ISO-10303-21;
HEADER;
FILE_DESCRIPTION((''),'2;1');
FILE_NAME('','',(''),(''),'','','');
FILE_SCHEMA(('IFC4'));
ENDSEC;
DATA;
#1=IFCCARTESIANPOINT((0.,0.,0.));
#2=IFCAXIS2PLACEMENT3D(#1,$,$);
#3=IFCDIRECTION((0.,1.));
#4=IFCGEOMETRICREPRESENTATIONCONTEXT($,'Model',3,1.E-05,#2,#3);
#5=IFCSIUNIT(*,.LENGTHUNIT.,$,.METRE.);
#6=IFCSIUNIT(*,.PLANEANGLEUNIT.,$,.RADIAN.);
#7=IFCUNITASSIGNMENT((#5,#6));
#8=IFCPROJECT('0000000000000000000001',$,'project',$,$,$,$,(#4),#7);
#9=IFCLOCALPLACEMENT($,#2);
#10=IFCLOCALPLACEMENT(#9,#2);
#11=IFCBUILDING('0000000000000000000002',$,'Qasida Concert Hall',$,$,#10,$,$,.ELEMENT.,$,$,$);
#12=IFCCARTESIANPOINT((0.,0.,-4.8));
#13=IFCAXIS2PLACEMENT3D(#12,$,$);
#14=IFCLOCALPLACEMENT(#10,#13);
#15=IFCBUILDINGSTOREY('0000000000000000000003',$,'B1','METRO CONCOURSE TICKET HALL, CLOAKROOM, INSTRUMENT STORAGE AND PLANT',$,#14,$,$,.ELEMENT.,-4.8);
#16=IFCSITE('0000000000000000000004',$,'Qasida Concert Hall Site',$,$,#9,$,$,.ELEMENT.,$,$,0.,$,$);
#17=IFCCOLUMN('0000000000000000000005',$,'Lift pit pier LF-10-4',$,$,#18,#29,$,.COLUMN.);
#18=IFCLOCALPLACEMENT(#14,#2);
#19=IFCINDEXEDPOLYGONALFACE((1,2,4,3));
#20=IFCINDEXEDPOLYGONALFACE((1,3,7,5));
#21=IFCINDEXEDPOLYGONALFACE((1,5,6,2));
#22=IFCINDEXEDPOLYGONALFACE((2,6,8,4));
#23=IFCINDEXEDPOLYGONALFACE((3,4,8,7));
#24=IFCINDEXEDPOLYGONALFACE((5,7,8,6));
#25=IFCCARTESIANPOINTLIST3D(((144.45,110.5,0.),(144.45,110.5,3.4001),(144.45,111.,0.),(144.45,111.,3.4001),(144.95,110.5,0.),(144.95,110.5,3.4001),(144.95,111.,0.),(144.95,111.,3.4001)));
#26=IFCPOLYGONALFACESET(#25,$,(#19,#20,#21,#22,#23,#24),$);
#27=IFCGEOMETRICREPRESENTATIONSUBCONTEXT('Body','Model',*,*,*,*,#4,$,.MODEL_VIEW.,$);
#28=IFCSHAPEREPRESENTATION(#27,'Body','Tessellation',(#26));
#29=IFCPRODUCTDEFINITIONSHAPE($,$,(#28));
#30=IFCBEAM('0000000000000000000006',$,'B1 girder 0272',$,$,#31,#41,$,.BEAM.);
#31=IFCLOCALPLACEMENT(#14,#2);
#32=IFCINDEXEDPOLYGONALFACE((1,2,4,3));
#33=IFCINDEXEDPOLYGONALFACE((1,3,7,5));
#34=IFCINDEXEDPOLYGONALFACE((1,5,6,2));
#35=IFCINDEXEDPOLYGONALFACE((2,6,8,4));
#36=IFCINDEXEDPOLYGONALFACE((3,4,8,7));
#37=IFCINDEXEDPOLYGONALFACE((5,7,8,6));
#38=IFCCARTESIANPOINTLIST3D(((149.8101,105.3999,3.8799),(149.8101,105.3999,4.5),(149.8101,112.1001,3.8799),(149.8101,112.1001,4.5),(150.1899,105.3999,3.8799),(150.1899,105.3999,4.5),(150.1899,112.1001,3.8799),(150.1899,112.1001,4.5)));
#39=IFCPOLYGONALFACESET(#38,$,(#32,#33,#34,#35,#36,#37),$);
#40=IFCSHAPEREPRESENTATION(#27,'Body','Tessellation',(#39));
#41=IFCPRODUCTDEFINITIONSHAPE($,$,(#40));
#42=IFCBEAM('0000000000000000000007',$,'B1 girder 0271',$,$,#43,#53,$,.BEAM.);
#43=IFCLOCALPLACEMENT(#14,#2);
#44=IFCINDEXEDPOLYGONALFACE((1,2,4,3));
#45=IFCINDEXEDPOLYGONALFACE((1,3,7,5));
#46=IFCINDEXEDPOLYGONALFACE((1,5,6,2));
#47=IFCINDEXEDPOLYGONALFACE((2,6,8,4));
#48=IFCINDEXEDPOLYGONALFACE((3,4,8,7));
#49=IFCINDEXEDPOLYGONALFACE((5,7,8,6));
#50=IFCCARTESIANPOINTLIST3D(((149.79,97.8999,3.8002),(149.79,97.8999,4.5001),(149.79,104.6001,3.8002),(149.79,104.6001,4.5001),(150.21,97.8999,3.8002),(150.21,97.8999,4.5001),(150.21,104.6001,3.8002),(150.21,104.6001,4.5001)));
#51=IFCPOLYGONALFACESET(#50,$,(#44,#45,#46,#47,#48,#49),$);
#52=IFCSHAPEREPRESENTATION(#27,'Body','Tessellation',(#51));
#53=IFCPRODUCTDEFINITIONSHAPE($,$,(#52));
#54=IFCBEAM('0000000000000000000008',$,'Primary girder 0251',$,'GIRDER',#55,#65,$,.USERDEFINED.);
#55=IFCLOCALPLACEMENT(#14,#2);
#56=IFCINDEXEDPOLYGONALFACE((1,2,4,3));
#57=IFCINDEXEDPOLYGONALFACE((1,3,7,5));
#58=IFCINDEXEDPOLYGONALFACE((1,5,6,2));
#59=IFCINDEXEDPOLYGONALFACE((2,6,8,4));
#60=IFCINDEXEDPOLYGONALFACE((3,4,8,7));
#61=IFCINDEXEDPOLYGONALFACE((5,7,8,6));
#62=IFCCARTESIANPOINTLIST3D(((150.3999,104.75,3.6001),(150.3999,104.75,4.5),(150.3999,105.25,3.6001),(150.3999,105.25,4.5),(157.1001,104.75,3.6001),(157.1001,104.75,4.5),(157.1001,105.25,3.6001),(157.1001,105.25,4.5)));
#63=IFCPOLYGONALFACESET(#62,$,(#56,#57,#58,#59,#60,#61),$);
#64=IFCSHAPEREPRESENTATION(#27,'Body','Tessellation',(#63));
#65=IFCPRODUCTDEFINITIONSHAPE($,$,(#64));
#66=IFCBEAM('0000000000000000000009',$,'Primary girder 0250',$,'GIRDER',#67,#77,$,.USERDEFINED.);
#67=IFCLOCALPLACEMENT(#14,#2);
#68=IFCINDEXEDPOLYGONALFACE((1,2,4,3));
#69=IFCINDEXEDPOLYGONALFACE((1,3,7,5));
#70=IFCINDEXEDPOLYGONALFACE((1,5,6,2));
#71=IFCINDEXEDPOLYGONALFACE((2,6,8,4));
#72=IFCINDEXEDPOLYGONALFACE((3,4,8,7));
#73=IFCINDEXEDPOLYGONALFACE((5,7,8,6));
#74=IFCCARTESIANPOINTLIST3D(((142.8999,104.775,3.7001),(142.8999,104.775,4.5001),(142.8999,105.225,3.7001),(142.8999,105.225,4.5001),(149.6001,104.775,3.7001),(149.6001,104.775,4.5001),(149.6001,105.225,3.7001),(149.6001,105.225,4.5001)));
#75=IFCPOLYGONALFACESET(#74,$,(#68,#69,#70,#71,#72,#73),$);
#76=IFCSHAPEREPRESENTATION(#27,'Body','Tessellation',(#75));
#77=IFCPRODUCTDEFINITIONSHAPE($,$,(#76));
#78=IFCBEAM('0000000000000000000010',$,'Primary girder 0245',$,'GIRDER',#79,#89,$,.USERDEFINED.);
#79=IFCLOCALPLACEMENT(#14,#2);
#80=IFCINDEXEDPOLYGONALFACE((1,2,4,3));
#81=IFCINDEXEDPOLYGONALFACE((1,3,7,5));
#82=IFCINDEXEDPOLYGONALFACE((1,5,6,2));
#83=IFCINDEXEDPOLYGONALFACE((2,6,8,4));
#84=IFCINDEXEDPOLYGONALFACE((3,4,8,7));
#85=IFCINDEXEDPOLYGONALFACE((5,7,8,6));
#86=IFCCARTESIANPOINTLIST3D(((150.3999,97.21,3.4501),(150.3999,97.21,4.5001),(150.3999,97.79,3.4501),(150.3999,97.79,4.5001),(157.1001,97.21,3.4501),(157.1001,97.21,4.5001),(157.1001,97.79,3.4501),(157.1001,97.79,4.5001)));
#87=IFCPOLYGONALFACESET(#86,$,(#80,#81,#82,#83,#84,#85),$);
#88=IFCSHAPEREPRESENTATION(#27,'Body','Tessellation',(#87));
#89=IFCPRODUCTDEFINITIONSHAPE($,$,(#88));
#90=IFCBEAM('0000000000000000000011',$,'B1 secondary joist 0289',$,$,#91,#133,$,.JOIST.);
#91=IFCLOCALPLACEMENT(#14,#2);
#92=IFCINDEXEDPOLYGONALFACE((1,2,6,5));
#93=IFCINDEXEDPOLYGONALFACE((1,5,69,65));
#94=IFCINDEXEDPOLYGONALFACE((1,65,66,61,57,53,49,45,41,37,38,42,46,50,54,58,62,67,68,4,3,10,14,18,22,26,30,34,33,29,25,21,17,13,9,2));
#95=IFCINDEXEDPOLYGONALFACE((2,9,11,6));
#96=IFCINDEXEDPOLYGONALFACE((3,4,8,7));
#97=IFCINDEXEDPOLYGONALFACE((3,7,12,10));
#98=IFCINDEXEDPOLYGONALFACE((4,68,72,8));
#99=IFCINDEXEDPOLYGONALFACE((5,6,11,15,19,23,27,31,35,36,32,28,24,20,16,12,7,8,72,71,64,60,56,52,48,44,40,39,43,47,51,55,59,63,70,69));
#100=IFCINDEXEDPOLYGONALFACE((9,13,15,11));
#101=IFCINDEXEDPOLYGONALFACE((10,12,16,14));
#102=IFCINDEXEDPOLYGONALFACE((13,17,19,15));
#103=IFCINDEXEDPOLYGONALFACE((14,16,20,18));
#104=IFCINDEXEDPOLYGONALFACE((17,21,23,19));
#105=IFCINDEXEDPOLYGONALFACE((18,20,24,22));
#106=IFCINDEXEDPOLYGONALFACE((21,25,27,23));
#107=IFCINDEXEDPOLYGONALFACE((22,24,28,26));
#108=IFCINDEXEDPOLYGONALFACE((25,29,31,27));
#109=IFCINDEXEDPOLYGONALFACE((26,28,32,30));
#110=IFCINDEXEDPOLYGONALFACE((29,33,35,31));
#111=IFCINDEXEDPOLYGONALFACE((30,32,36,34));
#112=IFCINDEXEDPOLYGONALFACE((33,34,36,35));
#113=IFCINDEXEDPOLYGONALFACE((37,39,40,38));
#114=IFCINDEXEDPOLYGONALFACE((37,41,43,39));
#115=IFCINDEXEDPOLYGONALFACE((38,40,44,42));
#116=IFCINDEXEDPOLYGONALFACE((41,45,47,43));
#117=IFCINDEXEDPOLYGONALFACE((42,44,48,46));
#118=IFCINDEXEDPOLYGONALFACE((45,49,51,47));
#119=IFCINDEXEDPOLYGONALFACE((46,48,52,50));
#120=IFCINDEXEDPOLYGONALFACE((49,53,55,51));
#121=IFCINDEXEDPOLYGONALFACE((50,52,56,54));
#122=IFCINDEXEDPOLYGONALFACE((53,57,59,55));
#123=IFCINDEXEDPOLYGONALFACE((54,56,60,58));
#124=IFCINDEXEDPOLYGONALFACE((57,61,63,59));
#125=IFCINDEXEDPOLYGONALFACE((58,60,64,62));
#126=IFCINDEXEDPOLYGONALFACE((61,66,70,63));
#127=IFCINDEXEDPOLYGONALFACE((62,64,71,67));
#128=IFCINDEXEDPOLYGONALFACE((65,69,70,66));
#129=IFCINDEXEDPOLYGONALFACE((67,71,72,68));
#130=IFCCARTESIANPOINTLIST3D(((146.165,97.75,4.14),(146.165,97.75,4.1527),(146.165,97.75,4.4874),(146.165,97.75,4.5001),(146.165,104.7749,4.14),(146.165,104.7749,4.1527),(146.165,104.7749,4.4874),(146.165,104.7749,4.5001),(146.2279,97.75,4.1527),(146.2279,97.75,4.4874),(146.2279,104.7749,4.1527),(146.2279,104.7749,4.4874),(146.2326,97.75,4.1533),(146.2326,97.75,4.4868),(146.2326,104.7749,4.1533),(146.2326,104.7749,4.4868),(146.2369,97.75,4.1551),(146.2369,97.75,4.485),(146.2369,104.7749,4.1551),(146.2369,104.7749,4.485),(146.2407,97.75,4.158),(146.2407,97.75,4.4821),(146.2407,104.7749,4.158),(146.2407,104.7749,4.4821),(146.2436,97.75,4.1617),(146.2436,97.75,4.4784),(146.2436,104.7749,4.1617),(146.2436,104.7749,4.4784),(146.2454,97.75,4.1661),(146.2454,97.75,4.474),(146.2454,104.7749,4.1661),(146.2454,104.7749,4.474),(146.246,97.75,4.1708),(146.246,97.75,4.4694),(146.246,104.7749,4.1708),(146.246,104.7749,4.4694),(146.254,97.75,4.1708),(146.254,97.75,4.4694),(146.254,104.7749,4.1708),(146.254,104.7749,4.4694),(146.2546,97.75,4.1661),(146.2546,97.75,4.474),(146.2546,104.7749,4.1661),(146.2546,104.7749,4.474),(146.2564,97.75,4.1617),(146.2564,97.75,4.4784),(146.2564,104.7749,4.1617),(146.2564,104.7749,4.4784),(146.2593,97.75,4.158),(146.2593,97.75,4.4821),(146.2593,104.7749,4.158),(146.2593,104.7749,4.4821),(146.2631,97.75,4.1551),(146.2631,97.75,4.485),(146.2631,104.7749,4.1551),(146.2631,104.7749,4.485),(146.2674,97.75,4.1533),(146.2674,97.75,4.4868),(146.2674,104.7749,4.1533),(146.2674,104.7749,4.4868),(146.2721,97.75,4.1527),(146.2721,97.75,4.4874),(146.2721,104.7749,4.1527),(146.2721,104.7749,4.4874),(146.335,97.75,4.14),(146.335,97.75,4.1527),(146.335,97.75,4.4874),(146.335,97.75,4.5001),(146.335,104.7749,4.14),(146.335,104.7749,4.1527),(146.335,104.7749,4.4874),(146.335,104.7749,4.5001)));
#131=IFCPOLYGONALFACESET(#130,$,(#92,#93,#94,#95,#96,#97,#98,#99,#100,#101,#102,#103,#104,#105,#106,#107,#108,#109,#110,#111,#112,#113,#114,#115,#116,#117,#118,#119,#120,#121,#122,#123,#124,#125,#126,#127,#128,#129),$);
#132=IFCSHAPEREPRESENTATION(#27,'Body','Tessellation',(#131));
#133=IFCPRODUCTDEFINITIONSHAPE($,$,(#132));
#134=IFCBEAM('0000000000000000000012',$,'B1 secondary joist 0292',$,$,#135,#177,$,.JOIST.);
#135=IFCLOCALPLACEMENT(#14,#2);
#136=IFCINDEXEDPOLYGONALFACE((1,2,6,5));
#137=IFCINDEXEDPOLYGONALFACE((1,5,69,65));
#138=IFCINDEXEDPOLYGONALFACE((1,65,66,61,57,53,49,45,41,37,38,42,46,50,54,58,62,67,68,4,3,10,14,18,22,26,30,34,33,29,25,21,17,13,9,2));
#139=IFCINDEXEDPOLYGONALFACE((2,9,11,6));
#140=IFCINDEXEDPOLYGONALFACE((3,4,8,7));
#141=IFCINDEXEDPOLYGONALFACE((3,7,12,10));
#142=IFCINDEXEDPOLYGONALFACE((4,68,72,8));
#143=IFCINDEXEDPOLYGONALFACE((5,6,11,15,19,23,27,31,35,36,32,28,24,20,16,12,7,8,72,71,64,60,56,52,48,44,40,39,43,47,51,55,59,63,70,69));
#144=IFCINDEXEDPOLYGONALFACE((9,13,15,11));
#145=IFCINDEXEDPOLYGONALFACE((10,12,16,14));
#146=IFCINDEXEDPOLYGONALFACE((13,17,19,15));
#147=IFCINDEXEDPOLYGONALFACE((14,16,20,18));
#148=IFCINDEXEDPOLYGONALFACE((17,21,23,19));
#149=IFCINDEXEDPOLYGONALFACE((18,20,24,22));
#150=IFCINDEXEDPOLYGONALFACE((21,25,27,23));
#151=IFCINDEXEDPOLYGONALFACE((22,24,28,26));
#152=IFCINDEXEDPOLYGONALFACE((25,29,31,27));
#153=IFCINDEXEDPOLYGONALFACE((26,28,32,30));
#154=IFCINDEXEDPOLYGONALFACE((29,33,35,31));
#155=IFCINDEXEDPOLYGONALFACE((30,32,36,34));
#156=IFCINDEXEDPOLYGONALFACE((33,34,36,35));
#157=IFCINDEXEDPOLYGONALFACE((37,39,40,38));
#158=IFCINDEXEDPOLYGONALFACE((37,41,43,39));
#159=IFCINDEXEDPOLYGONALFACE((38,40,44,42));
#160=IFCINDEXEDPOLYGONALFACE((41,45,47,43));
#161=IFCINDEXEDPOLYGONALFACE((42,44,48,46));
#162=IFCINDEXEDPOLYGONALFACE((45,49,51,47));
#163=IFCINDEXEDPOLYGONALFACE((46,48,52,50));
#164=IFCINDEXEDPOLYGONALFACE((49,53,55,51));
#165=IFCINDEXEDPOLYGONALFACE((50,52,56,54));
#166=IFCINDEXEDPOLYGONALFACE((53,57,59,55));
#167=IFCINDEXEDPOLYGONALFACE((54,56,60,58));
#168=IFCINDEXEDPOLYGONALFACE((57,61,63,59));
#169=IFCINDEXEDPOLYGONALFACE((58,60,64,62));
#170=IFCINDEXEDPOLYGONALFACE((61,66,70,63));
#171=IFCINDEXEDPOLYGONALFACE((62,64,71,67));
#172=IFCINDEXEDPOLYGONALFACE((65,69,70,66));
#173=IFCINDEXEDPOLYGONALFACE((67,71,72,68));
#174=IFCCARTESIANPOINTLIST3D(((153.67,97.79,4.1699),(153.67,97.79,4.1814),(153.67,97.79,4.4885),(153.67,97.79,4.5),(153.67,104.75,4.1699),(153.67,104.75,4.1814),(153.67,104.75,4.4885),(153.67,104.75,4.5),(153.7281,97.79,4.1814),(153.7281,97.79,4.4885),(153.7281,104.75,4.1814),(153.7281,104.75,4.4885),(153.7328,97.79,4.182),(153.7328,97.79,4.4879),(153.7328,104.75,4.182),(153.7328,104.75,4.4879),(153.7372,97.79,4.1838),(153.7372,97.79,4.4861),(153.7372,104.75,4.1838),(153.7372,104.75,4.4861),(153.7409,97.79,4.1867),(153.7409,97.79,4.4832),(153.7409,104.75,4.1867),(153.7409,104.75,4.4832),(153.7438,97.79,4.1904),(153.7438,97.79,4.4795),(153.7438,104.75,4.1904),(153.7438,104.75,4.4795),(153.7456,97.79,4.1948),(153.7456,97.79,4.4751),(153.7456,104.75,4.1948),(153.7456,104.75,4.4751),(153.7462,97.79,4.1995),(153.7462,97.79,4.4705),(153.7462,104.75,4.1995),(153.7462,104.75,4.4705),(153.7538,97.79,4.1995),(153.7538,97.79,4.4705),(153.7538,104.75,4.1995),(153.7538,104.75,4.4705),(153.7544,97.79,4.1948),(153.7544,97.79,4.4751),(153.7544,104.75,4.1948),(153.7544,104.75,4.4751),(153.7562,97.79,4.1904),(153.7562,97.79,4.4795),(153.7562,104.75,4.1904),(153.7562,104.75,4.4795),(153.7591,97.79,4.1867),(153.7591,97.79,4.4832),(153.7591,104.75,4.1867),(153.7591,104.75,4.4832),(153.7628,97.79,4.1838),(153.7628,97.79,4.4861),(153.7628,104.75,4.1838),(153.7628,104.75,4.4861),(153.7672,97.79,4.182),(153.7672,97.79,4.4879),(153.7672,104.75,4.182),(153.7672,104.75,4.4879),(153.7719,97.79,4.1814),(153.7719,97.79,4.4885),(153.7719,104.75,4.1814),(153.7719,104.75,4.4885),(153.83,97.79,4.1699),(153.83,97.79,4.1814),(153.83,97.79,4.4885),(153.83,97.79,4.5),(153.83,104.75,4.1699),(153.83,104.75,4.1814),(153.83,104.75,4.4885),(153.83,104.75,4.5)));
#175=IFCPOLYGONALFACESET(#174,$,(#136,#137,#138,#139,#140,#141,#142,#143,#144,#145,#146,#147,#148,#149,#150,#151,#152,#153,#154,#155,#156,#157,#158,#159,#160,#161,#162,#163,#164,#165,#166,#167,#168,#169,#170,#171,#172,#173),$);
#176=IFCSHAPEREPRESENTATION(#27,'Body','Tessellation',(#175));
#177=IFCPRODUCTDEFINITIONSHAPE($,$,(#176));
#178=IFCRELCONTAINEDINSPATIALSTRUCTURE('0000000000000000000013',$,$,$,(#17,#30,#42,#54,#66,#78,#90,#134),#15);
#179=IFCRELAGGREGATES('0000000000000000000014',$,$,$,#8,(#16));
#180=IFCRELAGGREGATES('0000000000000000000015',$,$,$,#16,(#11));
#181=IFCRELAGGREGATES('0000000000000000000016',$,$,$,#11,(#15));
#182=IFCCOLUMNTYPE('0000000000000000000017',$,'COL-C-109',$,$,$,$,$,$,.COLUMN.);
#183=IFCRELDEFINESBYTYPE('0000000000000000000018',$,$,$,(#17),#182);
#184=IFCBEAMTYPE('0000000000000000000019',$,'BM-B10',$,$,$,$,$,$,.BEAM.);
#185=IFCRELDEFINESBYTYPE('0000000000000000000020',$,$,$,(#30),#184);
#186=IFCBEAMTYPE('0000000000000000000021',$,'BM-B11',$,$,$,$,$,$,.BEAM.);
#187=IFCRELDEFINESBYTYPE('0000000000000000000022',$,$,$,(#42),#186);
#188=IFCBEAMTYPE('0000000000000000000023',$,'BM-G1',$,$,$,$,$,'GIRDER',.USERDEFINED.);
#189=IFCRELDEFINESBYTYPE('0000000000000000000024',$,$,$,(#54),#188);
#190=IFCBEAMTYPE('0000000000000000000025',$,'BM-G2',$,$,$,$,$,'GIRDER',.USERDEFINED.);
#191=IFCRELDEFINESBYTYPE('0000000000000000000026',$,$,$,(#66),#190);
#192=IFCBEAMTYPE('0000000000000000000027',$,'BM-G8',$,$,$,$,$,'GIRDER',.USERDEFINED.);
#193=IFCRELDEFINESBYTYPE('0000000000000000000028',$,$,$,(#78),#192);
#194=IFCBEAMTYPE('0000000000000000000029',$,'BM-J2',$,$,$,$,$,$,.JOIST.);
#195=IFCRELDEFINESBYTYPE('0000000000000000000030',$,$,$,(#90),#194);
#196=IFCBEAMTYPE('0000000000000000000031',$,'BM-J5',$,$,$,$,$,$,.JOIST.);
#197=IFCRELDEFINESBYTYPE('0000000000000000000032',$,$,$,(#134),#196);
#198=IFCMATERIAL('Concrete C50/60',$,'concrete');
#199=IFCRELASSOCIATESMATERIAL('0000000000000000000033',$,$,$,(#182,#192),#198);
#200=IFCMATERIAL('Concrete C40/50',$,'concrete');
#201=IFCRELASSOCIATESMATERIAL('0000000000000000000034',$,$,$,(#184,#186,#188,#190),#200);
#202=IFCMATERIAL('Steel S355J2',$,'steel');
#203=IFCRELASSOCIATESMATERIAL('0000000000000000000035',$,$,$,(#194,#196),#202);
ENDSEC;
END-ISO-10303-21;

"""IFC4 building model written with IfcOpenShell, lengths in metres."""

from ifc_helpers import new_model, si_unit, direction, frame, origin, origin_2d, place, context, subcontext, project, spatial, rectangle, i_section, extrude, material, material_profile, profile_set, type_object, element, save


model = new_model("IFC4")

# Units and contexts
model_context = context("Model", 3, precision=1e-05, world=origin(), true_north=direction((0.0, 1.0)))
body_context = subcontext(model_context, "Body", "Model", "MODEL_VIEW")
ifc_project = project(units=[si_unit("LENGTHUNIT", "METRE"), si_unit("PLANEANGLEUNIT", "RADIAN")], contexts=[model_context])

# Site, building, storey
site_placement = place(None, origin())
site = spatial("IfcSite", under=ifc_project, at=site_placement, Name="Qasida Concert Hall Site", CompositionType="ELEMENT", RefElevation=0.0)
building_placement = place(site_placement, origin())
building = spatial("IfcBuilding", under=site, at=building_placement, Name="Qasida Concert Hall", CompositionType="ELEMENT")
storey_placement = place(building_placement, frame((0.0, 0.0, -4.8)))
storey = spatial("IfcBuildingStorey", under=building, at=storey_placement, Name="B1", Description="METRO CONCOURSE TICKET HALL, CLOAKROOM, INSTRUMENT STORAGE AND PLANT", CompositionType="ELEMENT", Elevation=-4.8)

# Shared definitions
ifc_material_1 = material(Name="Concrete C40/50", Category="concrete")

# Column
ifc_material_2 = material(Name="Concrete C50/60", Category="concrete")
ifc_material_profile_1 = material_profile(ifc_material_2, rectangle(XDim=0.5, YDim=0.5, at=origin_2d()), Name="RC 500x500")
ifc_profile_set_1 = profile_set([ifc_material_profile_1], Name="Concrete C50/60")
column_type_1 = type_object("IfcColumnType", Name="COL-C-109", PredefinedType="COLUMN", material=ifc_profile_set_1)
for number, where, z_axis, x_axis, name in (
    (1, (144.7, 110.75, 0.0), (0.0, 0.0, 1.0), (1.0, 0.0, 0.0), "Lift pit pier LF-10-4"),
):
    element("IfcColumn", number, at=place(storey_placement, frame(where, z_axis=z_axis, x_axis=x_axis)), inside=storey, type_object=column_type_1, Name=name, PredefinedType="COLUMN", context=body_context, shape_type="SweptSolid", body=[
        extrude(rectangle(XDim=0.5, YDim=0.5, at=origin_2d()), origin(), (0.0, 0.0, 1.0), 3.4001),
    ])

# Beams
ifc_material_profile_2 = material_profile(ifc_material_1, rectangle(XDim=0.3799, YDim=0.6201, at=origin_2d()), Name="RC 380x620")
ifc_profile_set_2 = profile_set([ifc_material_profile_2], Name="Concrete C40/50")
beam_type_1 = type_object("IfcBeamType", Name="BM-B10", PredefinedType="BEAM", material=ifc_profile_set_2)
beam_1_placement = place(storey_placement, frame((150.0, 105.3999, 4.1899), z_axis=(0.0, 1.0, 0.0), x_axis=(-1.0, 0.0, 0.0)))
element("IfcBeam", 2, at=beam_1_placement, inside=storey, type_object=beam_type_1, Name="B1 girder 0272", PredefinedType="BEAM", context=body_context, shape_type="SweptSolid", body=[
    extrude(rectangle(XDim=0.3799, YDim=0.6201, at=origin_2d()), origin(), (0.0, 0.0, 1.0), 6.7002),
])
ifc_material_profile_3 = material_profile(ifc_material_1, rectangle(XDim=0.4199, YDim=0.7, at=origin_2d()), Name="RC 420x700")
ifc_profile_set_3 = profile_set([ifc_material_profile_3], Name="Concrete C40/50")
beam_type_2 = type_object("IfcBeamType", Name="BM-B11", PredefinedType="BEAM", material=ifc_profile_set_3)
beam_2_placement = place(storey_placement, frame((150.0, 97.8999, 4.1501), z_axis=(0.0, 1.0, 0.0), x_axis=(-1.0, 0.0, 0.0)))
element("IfcBeam", 3, at=beam_2_placement, inside=storey, type_object=beam_type_2, Name="B1 girder 0271", PredefinedType="BEAM", context=body_context, shape_type="SweptSolid", body=[
    extrude(rectangle(XDim=0.4199, YDim=0.7, at=origin_2d()), origin(), (0.0, 0.0, 1.0), 6.7002),
])
ifc_material_profile_4 = material_profile(ifc_material_1, rectangle(XDim=0.5, YDim=0.8999, at=origin_2d()), Name="RC 500x900")
ifc_profile_set_4 = profile_set([ifc_material_profile_4], Name="Concrete C40/50")
beam_type_3 = type_object("IfcBeamType", Name="BM-G1", ElementType="GIRDER", PredefinedType="USERDEFINED", material=ifc_profile_set_4)
beam_3_placement = place(storey_placement, frame((150.3999, 105.0, 4.05), z_axis=(1.0, 0.0, 0.0), x_axis=(0.0, 1.0, 0.0)))
element("IfcBeam", 4, at=beam_3_placement, inside=storey, type_object=beam_type_3, Name="Primary girder 0251", ObjectType="GIRDER", PredefinedType="USERDEFINED", context=body_context, shape_type="SweptSolid", body=[
    extrude(rectangle(XDim=0.5, YDim=0.8999, at=origin_2d()), origin(), (0.0, 0.0, 1.0), 6.7002),
])
ifc_material_profile_5 = material_profile(ifc_material_1, rectangle(XDim=0.45, YDim=0.8, at=origin_2d()), Name="RC 450x800")
ifc_profile_set_5 = profile_set([ifc_material_profile_5], Name="Concrete C40/50")
beam_type_4 = type_object("IfcBeamType", Name="BM-G2", ElementType="GIRDER", PredefinedType="USERDEFINED", material=ifc_profile_set_5)
beam_4_placement = place(storey_placement, frame((142.8999, 105.0, 4.1001), z_axis=(1.0, 0.0, 0.0), x_axis=(0.0, 1.0, 0.0)))
element("IfcBeam", 5, at=beam_4_placement, inside=storey, type_object=beam_type_4, Name="Primary girder 0250", ObjectType="GIRDER", PredefinedType="USERDEFINED", context=body_context, shape_type="SweptSolid", body=[
    extrude(rectangle(XDim=0.45, YDim=0.8, at=origin_2d()), origin(), (0.0, 0.0, 1.0), 6.7002),
])
ifc_material_profile_6 = material_profile(ifc_material_2, rectangle(XDim=0.5801, YDim=1.05, at=origin_2d()), Name="RC 580x1050")
ifc_profile_set_6 = profile_set([ifc_material_profile_6], Name="Concrete C50/60")
beam_type_5 = type_object("IfcBeamType", Name="BM-G8", ElementType="GIRDER", PredefinedType="USERDEFINED", material=ifc_profile_set_6)
beam_5_placement = place(storey_placement, frame((150.3999, 97.5, 3.9751), z_axis=(1.0, 0.0, 0.0), x_axis=(0.0, 1.0, 0.0)))
element("IfcBeam", 6, at=beam_5_placement, inside=storey, type_object=beam_type_5, Name="Primary girder 0245", ObjectType="GIRDER", PredefinedType="USERDEFINED", context=body_context, shape_type="SweptSolid", body=[
    extrude(rectangle(XDim=0.5801, YDim=1.05, at=origin_2d()), origin(), (0.0, 0.0, 1.0), 6.7002),
])
ifc_material_3 = material(Name="Steel S355J2", Category="steel")
ifc_material_profile_7 = material_profile(ifc_material_3, i_section(OverallWidth=0.1699, OverallDepth=0.3601, WebThickness=0.0081, FlangeThickness=0.0127, FilletRadius=0.0181, at=origin_2d()), Name="IPE 360")
ifc_profile_set_7 = profile_set([ifc_material_profile_7], Name="Steel S355J2")
beam_type_6 = type_object("IfcBeamType", Name="BM-J2", PredefinedType="JOIST", material=ifc_profile_set_7)
beam_6_placement = place(storey_placement, frame((146.25, 97.75, 4.3201), z_axis=(0.0, 1.0, 0.0), x_axis=(-1.0, 0.0, 0.0)))
element("IfcBeam", 7, at=beam_6_placement, inside=storey, type_object=beam_type_6, Name="B1 secondary joist 0289", PredefinedType="JOIST", context=body_context, shape_type="SweptSolid", body=[
    extrude(i_section(OverallWidth=0.1699, OverallDepth=0.3601, WebThickness=0.0081, FlangeThickness=0.0127, FilletRadius=0.0181, at=origin_2d()), origin(), (0.0, 0.0, 1.0), 7.0249),
])
ifc_material_profile_8 = material_profile(ifc_material_3, i_section(OverallWidth=0.1599, OverallDepth=0.3301, WebThickness=0.0076, FlangeThickness=0.0115, FilletRadius=0.0181, at=origin_2d()), Name="IPE 330")
ifc_profile_set_8 = profile_set([ifc_material_profile_8], Name="Steel S355J2")
beam_type_7 = type_object("IfcBeamType", Name="BM-J5", PredefinedType="JOIST", material=ifc_profile_set_8)
beam_7_placement = place(storey_placement, frame((153.75, 97.79, 4.335), z_axis=(0.0, 1.0, 0.0), x_axis=(-1.0, 0.0, 0.0)))
element("IfcBeam", 8, at=beam_7_placement, inside=storey, type_object=beam_type_7, Name="B1 secondary joist 0292", PredefinedType="JOIST", context=body_context, shape_type="SweptSolid", body=[
    extrude(i_section(OverallWidth=0.1599, OverallDepth=0.3301, WebThickness=0.0076, FlangeThickness=0.0115, FilletRadius=0.0181, at=origin_2d()), origin(), (0.0, 0.0, 1.0), 6.96),
])

save(model, "model.ifc")
